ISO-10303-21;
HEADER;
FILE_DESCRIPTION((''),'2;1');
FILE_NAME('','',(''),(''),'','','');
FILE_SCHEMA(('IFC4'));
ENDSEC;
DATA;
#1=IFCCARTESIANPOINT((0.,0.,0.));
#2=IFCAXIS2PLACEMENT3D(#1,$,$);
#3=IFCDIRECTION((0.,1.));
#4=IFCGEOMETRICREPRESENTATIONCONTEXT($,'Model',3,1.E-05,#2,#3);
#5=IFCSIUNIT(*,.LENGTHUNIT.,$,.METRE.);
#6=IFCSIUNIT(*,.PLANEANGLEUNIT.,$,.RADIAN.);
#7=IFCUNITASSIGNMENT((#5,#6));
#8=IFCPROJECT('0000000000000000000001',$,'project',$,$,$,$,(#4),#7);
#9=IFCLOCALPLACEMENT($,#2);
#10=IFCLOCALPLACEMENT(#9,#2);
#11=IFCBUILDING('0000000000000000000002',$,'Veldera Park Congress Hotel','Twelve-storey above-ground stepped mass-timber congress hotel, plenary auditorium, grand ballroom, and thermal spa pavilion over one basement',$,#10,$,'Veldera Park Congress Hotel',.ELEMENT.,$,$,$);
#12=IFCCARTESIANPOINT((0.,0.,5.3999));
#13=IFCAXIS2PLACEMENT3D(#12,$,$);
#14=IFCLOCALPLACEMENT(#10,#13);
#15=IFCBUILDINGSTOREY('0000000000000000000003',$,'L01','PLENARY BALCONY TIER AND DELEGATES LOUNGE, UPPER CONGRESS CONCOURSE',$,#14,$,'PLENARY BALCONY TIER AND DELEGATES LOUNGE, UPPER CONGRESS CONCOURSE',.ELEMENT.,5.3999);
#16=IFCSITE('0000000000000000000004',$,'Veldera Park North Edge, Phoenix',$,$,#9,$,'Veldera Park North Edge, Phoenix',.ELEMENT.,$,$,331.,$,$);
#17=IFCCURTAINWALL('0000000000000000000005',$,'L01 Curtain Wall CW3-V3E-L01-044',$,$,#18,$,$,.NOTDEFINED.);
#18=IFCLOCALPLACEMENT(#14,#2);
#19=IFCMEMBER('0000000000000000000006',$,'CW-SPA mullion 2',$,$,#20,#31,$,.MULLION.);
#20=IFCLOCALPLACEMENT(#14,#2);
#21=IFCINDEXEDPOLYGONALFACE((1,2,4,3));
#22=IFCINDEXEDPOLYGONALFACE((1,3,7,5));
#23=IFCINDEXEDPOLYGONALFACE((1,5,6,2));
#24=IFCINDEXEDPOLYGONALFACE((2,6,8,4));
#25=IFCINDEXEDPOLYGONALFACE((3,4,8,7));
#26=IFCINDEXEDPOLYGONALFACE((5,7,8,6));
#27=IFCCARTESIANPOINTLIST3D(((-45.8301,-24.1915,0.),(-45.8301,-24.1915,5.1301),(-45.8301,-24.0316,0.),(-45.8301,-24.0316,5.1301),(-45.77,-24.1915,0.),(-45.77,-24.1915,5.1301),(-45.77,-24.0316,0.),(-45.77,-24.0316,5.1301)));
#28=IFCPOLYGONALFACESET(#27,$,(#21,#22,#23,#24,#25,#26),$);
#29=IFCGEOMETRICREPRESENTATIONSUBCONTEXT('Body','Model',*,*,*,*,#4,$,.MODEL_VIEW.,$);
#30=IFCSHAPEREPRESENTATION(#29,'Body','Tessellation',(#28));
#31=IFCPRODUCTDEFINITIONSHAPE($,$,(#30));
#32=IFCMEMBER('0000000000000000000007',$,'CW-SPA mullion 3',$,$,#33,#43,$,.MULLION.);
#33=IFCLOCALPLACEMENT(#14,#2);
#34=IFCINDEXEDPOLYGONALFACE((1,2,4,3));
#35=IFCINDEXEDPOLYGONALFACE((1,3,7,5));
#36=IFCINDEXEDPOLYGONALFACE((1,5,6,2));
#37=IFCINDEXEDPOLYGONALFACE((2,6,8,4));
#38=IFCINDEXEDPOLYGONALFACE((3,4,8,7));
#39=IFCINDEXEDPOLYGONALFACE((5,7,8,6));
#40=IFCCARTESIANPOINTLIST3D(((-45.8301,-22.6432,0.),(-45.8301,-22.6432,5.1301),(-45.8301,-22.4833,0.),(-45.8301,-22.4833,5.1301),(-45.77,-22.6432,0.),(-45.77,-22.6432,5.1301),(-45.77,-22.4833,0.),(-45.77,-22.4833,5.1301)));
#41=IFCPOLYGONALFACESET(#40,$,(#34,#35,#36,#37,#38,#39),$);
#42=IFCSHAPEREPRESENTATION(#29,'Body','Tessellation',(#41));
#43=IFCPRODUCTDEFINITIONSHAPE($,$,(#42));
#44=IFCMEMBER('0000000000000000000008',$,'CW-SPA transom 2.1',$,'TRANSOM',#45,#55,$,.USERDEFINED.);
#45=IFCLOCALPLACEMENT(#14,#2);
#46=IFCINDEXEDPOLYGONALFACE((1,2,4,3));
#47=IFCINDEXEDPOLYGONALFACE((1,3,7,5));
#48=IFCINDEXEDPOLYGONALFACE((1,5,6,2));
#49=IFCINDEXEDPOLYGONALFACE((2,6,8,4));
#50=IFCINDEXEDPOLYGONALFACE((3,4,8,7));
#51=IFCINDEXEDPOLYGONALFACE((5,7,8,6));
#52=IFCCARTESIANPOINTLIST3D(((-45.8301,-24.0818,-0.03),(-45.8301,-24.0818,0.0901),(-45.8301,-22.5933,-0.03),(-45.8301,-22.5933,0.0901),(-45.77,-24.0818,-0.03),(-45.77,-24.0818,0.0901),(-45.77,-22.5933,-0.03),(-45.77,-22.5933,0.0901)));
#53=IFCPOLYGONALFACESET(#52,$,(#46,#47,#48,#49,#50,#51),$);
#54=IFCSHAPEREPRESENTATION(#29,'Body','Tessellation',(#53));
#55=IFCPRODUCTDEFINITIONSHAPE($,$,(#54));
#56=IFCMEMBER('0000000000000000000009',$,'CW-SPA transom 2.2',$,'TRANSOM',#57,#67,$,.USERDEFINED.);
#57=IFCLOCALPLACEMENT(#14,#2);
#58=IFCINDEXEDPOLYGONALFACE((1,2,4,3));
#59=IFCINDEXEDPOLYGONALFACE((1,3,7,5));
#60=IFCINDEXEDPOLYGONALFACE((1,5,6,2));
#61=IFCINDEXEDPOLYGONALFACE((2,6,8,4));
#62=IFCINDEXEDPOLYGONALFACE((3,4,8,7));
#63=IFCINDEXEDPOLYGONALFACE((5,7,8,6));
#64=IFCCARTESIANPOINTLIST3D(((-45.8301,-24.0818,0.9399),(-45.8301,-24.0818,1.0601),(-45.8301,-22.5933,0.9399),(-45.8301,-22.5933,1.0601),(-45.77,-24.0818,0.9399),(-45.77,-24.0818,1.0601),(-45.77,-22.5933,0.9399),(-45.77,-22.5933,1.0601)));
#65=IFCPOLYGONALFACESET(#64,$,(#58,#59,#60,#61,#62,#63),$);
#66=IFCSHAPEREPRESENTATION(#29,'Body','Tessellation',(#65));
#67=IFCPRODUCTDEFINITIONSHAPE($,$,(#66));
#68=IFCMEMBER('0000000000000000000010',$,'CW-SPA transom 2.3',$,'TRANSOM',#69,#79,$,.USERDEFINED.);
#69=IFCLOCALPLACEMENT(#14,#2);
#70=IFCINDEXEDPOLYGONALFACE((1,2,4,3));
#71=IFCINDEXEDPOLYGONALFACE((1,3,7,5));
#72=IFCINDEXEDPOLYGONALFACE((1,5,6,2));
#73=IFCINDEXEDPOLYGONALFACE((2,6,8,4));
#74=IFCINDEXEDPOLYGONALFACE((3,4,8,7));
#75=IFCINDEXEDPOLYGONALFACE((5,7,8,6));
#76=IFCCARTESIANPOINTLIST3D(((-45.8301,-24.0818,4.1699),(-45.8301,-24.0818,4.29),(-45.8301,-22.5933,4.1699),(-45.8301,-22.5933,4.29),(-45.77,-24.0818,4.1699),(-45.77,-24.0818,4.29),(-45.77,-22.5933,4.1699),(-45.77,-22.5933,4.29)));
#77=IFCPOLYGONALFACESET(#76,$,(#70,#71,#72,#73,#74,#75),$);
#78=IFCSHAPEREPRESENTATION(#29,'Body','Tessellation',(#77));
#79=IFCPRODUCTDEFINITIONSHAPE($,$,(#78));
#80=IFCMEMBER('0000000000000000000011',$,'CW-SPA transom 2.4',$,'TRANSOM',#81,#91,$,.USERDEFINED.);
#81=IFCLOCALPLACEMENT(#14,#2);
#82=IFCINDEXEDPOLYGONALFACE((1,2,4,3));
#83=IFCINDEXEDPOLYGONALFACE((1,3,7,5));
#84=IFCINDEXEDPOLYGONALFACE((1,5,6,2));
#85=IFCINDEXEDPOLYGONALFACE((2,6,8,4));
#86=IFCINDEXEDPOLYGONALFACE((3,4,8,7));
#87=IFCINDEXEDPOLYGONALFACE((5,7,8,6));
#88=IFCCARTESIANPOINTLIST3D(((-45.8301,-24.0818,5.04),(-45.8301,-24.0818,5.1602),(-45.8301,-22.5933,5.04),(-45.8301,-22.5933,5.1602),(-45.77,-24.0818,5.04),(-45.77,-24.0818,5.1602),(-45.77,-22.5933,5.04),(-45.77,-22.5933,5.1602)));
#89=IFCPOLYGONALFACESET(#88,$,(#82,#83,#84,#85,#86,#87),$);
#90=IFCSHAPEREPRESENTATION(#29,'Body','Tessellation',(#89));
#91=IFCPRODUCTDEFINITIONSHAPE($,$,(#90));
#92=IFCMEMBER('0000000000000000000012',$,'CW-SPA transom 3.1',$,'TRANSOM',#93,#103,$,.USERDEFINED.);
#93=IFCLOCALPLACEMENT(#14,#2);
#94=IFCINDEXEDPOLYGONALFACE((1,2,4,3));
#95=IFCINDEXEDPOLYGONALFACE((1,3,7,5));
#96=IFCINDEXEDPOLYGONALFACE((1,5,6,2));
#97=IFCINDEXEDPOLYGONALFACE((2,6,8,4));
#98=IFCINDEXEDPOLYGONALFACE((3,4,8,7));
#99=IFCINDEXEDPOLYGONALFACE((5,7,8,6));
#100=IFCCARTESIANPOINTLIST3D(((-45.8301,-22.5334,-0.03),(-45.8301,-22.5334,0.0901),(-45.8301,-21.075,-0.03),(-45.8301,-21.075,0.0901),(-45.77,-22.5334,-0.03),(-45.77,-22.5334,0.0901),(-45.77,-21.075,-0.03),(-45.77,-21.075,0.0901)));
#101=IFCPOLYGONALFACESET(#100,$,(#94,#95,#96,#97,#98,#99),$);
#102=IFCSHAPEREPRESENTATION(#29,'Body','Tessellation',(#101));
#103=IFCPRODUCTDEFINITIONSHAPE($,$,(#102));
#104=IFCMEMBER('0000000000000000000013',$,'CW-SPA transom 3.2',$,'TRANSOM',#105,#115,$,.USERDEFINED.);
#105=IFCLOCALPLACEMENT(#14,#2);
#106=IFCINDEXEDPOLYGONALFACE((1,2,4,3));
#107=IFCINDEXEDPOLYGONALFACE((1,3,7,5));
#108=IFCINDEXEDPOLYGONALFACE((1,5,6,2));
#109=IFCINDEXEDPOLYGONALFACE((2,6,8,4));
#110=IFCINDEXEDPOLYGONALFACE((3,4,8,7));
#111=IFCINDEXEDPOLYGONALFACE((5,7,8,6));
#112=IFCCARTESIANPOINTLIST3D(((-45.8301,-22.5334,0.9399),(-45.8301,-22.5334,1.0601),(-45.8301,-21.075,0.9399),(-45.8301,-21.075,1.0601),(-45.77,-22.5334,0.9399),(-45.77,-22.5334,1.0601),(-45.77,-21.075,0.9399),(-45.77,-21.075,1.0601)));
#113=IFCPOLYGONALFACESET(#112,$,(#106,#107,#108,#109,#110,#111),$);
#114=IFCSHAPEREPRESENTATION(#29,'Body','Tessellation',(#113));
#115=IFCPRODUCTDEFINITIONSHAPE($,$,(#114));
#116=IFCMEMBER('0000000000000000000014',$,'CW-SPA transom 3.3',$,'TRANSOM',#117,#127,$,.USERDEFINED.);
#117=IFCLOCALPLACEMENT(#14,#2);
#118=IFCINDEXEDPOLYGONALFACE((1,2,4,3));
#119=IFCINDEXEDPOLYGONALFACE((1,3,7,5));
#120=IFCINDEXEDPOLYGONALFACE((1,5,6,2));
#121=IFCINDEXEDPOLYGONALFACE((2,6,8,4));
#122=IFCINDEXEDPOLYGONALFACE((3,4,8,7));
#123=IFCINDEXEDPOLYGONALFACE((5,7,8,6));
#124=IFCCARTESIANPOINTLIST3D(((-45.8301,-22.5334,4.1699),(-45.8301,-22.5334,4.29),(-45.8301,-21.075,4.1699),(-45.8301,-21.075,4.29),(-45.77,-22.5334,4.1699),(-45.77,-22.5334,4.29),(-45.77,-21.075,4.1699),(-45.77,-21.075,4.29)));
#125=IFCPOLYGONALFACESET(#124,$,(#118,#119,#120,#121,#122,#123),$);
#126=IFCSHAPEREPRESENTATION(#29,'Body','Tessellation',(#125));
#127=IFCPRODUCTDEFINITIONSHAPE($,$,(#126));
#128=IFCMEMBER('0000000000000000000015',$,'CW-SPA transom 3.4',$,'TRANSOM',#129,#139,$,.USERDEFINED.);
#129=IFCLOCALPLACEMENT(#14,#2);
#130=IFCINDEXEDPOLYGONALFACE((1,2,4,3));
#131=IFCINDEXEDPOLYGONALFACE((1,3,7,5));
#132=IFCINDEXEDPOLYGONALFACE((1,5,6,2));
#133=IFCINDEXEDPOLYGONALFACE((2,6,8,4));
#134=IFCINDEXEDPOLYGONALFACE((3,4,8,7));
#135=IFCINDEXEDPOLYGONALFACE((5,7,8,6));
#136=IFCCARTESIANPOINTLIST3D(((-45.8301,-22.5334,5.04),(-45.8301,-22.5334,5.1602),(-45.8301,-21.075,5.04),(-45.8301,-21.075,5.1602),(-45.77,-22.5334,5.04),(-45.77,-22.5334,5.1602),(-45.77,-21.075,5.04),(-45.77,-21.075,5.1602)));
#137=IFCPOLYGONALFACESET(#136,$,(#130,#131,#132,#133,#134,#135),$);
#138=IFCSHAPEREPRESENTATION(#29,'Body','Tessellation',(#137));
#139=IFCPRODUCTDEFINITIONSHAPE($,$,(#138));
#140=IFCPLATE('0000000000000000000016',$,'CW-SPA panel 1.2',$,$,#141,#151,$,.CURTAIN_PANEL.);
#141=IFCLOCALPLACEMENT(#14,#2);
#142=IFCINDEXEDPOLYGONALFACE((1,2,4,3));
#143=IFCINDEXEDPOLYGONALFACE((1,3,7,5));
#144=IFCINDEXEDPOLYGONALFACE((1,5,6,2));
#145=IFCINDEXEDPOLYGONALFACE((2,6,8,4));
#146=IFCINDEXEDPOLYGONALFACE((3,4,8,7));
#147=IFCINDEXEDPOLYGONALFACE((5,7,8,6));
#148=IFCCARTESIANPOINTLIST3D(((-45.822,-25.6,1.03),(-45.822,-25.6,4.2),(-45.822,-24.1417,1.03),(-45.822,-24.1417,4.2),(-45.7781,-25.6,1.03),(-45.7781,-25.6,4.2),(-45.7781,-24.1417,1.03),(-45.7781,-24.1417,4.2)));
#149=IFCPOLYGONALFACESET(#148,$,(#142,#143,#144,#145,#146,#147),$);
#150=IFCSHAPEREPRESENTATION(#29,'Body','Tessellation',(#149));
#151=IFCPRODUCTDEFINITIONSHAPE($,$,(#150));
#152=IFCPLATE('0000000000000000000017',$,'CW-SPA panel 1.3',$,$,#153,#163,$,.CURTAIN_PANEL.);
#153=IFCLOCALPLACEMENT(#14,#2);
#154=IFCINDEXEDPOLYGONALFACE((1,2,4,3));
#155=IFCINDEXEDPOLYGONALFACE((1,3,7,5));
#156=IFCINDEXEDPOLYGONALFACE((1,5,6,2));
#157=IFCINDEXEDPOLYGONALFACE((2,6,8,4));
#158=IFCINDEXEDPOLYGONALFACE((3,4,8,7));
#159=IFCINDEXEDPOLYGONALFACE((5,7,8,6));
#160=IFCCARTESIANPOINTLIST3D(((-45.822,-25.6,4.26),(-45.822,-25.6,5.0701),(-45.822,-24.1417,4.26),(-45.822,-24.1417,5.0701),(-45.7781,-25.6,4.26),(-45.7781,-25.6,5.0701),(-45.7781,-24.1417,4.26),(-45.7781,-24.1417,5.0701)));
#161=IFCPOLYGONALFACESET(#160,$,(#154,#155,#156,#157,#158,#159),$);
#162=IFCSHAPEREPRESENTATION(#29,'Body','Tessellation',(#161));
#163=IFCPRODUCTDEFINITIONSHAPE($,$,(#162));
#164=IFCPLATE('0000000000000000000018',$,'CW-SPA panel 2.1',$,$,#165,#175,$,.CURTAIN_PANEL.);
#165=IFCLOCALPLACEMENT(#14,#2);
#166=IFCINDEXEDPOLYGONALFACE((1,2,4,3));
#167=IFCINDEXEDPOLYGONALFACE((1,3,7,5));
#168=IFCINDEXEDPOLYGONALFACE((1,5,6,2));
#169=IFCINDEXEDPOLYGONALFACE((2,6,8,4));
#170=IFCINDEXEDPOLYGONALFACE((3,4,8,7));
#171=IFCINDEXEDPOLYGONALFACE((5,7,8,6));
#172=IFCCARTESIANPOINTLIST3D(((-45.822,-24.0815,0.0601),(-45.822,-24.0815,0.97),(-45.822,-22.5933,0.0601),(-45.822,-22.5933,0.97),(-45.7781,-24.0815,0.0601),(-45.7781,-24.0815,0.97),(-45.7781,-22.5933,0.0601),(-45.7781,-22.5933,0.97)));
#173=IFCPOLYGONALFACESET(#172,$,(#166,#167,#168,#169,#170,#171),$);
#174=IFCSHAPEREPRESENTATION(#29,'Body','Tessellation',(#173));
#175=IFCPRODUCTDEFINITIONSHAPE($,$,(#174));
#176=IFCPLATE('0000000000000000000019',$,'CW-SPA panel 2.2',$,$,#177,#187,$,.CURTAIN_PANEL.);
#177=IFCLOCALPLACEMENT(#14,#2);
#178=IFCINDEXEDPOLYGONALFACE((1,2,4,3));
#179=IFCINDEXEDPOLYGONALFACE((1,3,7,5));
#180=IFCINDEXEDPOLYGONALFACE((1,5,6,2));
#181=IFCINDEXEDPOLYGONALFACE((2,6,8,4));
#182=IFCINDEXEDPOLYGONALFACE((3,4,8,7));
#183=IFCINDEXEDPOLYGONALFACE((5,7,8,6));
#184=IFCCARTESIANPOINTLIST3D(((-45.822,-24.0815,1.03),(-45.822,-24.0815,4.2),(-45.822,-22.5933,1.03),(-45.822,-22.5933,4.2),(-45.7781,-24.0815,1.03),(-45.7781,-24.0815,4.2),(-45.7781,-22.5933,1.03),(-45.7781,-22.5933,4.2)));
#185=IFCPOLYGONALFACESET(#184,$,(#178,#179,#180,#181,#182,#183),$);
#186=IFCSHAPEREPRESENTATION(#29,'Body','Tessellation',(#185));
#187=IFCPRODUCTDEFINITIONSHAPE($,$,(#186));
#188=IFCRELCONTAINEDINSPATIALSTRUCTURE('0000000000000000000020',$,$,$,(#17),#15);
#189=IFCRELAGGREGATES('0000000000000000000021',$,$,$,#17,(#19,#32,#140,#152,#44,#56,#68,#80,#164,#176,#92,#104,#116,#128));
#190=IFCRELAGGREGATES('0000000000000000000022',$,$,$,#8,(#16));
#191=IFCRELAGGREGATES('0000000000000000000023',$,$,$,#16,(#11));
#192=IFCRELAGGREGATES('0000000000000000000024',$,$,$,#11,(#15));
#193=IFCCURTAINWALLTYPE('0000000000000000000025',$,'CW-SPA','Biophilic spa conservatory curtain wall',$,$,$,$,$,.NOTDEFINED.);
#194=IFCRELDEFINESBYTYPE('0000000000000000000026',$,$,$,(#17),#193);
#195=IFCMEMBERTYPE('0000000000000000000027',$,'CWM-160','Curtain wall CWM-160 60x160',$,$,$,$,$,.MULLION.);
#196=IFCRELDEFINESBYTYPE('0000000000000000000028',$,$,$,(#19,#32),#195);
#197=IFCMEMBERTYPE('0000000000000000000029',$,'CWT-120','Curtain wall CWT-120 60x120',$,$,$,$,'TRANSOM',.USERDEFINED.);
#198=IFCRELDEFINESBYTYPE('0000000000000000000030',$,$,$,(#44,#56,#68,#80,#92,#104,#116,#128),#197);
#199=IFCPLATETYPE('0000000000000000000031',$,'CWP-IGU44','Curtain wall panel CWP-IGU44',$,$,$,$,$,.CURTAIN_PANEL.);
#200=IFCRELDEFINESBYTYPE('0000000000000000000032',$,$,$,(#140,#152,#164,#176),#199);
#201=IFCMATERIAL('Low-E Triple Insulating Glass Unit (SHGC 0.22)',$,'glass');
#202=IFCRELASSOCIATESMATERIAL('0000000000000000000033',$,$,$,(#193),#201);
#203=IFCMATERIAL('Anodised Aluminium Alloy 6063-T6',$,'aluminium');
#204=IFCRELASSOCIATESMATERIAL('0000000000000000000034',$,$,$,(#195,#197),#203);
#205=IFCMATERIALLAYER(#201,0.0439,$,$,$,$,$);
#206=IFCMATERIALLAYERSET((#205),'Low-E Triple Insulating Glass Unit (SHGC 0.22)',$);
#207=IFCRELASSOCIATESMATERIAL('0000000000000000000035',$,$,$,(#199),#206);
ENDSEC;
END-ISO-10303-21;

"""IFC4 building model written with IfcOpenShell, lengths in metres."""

from ifc_helpers import new_model, si_unit, direction, frame, origin, origin_2d, place, context, subcontext, project, spatial, rectangle, extrude, material, layer, layer_set, material_profile, profile_set, type_object, element, aggregate, save


model = new_model("IFC4")

# Units and contexts
model_context = context("Model", 3, precision=1e-05, world=origin(), true_north=direction((0.0, 1.0)))
body_context = subcontext(model_context, "Body", "Model", "MODEL_VIEW")
ifc_project = project(units=[si_unit("LENGTHUNIT", "METRE"), si_unit("PLANEANGLEUNIT", "RADIAN")], contexts=[model_context])

# Site, building, storey
site_placement = place(None, origin())
site = spatial("IfcSite", under=ifc_project, at=site_placement, Name="Veldera Park North Edge, Phoenix", LongName="Veldera Park North Edge, Phoenix", CompositionType="ELEMENT", RefElevation=331.0)
building_placement = place(site_placement, origin())
building = spatial("IfcBuilding", under=site, at=building_placement, Name="Veldera Park Congress Hotel", Description="Twelve-storey above-ground stepped mass-timber congress hotel, plenary auditorium, grand ballroom, and thermal spa pavilion over one basement", LongName="Veldera Park Congress Hotel", CompositionType="ELEMENT")
storey_placement = place(building_placement, frame((0.0, 0.0, 5.3999)))
storey = spatial("IfcBuildingStorey", under=building, at=storey_placement, Name="L01", Description="PLENARY BALCONY TIER AND DELEGATES LOUNGE, UPPER CONGRESS CONCOURSE", LongName="PLENARY BALCONY TIER AND DELEGATES LOUNGE, UPPER CONGRESS CONCOURSE", CompositionType="ELEMENT", Elevation=5.3999)

# Curtain wall, members, plates
ifc_material_1 = material(Name="Low-E Triple Insulating Glass Unit (SHGC 0.22)", Category="glass")
curtain_wall_type = type_object("IfcCurtainWallType", Name="CW-SPA", Description="Biophilic spa conservatory curtain wall", PredefinedType="NOTDEFINED", material=ifc_material_1)
curtain_wall_placement = place(storey_placement, origin())
curtain_wall = element("IfcCurtainWall", 1, at=curtain_wall_placement, inside=storey, type_object=curtain_wall_type, Name="L01 Curtain Wall CW3-V3E-L01-044", PredefinedType="NOTDEFINED")
ifc_material_2 = material(Name="Anodised Aluminium Alloy 6063-T6", Category="aluminium")
ifc_material_profile_1 = material_profile(ifc_material_2, rectangle(XDim=0.0601, YDim=0.1599, at=origin_2d()), Name="ALU 60x160")
ifc_profile_set_1 = profile_set([ifc_material_profile_1], Name="Anodised Aluminium Alloy 6063-T6")
member_type_1 = type_object("IfcMemberType", Name="CWM-160", Description="Curtain wall CWM-160 60x160", PredefinedType="MULLION", material=ifc_profile_set_1)
member_1_placement = place(storey_placement, frame((-45.8, -24.1116, 0.0), z_axis=(0.0, 0.0, 1.0), x_axis=(-1.0, 0.0, 0.0)))
member_1 = element("IfcMember", 2, at=member_1_placement, type_object=member_type_1, Name="CW-SPA mullion 2", PredefinedType="MULLION", context=body_context, shape_type="SweptSolid", body=[
    extrude(rectangle(XDim=0.0601, YDim=0.1599, at=origin_2d()), origin(), (0.0, 0.0, 1.0), 5.1301),
])
member_2_placement = place(storey_placement, frame((-45.8, -22.5632, 0.0), z_axis=(0.0, 0.0, 1.0), x_axis=(-1.0, 0.0, 0.0)))
member_2 = element("IfcMember", 3, at=member_2_placement, type_object=member_type_1, Name="CW-SPA mullion 3", PredefinedType="MULLION", context=body_context, shape_type="SweptSolid", body=[
    extrude(rectangle(XDim=0.0601, YDim=0.1599, at=origin_2d()), origin(), (0.0, 0.0, 1.0), 5.1301),
])
ifc_material_profile_2 = material_profile(ifc_material_2, rectangle(XDim=0.0601, YDim=0.1201, at=origin_2d()), Name="ALU 60x120")
ifc_profile_set_2 = profile_set([ifc_material_profile_2], Name="Anodised Aluminium Alloy 6063-T6")
member_type_2 = type_object("IfcMemberType", Name="CWT-120", Description="Curtain wall CWT-120 60x120", ElementType="TRANSOM", PredefinedType="USERDEFINED", material=ifc_profile_set_2)
member_3_placement = place(storey_placement, frame((-45.8, -24.0818, 0.03), z_axis=(0.0, 1.0, 0.0), x_axis=(-1.0, 0.0, 0.0)))
member_3 = element("IfcMember", 4, at=member_3_placement, type_object=member_type_2, Name="CW-SPA transom 2.1", ObjectType="TRANSOM", PredefinedType="USERDEFINED", context=body_context, shape_type="SweptSolid", body=[
    extrude(rectangle(XDim=0.0601, YDim=0.1201, at=origin_2d()), origin(), (0.0, 0.0, 1.0), 1.4885),
])
member_4_placement = place(storey_placement, frame((-45.8, -24.0818, 1.0), z_axis=(0.0, 1.0, 0.0), x_axis=(-1.0, 0.0, 0.0)))
member_4 = element("IfcMember", 5, at=member_4_placement, type_object=member_type_2, Name="CW-SPA transom 2.2", ObjectType="TRANSOM", PredefinedType="USERDEFINED", context=body_context, shape_type="SweptSolid", body=[
    extrude(rectangle(XDim=0.0601, YDim=0.1201, at=origin_2d()), origin(), (0.0, 0.0, 1.0), 1.4885),
])
member_5_placement = place(storey_placement, frame((-45.8, -24.0818, 4.23), z_axis=(0.0, 1.0, 0.0), x_axis=(-1.0, 0.0, 0.0)))
member_5 = element("IfcMember", 6, at=member_5_placement, type_object=member_type_2, Name="CW-SPA transom 2.3", ObjectType="TRANSOM", PredefinedType="USERDEFINED", context=body_context, shape_type="SweptSolid", body=[
    extrude(rectangle(XDim=0.0601, YDim=0.1201, at=origin_2d()), origin(), (0.0, 0.0, 1.0), 1.4885),
])
member_6_placement = place(storey_placement, frame((-45.8, -24.0818, 5.1001), z_axis=(0.0, 1.0, 0.0), x_axis=(-1.0, 0.0, 0.0)))
member_6 = element("IfcMember", 7, at=member_6_placement, type_object=member_type_2, Name="CW-SPA transom 2.4", ObjectType="TRANSOM", PredefinedType="USERDEFINED", context=body_context, shape_type="SweptSolid", body=[
    extrude(rectangle(XDim=0.0601, YDim=0.1201, at=origin_2d()), origin(), (0.0, 0.0, 1.0), 1.4885),
])
member_7_placement = place(storey_placement, frame((-45.8, -22.5334, 0.03), z_axis=(0.0, 1.0, 0.0), x_axis=(-1.0, 0.0, 0.0)))
member_7 = element("IfcMember", 8, at=member_7_placement, type_object=member_type_2, Name="CW-SPA transom 3.1", ObjectType="TRANSOM", PredefinedType="USERDEFINED", context=body_context, shape_type="SweptSolid", body=[
    extrude(rectangle(XDim=0.0601, YDim=0.1201, at=origin_2d()), origin(), (0.0, 0.0, 1.0), 1.4585),
])
member_8_placement = place(storey_placement, frame((-45.8, -22.5334, 1.0), z_axis=(0.0, 1.0, 0.0), x_axis=(-1.0, 0.0, 0.0)))
member_8 = element("IfcMember", 9, at=member_8_placement, type_object=member_type_2, Name="CW-SPA transom 3.2", ObjectType="TRANSOM", PredefinedType="USERDEFINED", context=body_context, shape_type="SweptSolid", body=[
    extrude(rectangle(XDim=0.0601, YDim=0.1201, at=origin_2d()), origin(), (0.0, 0.0, 1.0), 1.4585),
])
member_9_placement = place(storey_placement, frame((-45.8, -22.5334, 4.23), z_axis=(0.0, 1.0, 0.0), x_axis=(-1.0, 0.0, 0.0)))
member_9 = element("IfcMember", 10, at=member_9_placement, type_object=member_type_2, Name="CW-SPA transom 3.3", ObjectType="TRANSOM", PredefinedType="USERDEFINED", context=body_context, shape_type="SweptSolid", body=[
    extrude(rectangle(XDim=0.0601, YDim=0.1201, at=origin_2d()), origin(), (0.0, 0.0, 1.0), 1.4585),
])
member_10_placement = place(storey_placement, frame((-45.8, -22.5334, 5.1001), z_axis=(0.0, 1.0, 0.0), x_axis=(-1.0, 0.0, 0.0)))
member_10 = element("IfcMember", 11, at=member_10_placement, type_object=member_type_2, Name="CW-SPA transom 3.4", ObjectType="TRANSOM", PredefinedType="USERDEFINED", context=body_context, shape_type="SweptSolid", body=[
    extrude(rectangle(XDim=0.0601, YDim=0.1201, at=origin_2d()), origin(), (0.0, 0.0, 1.0), 1.4585),
])
ifc_layer = layer(ifc_material_1, 0.0439)
ifc_layer_set = layer_set([ifc_layer], Name="Low-E Triple Insulating Glass Unit (SHGC 0.22)")
plate_type = type_object("IfcPlateType", Name="CWP-IGU44", Description="Curtain wall panel CWP-IGU44", PredefinedType="CURTAIN_PANEL", material=ifc_layer_set)
plate_1_placement = place(storey_placement, frame((-45.8, -24.8708, 1.03), z_axis=(0.0, 0.0, 1.0), x_axis=(0.0, 1.0, 0.0)))
plate_1 = element("IfcPlate", 12, at=plate_1_placement, type_object=plate_type, Name="CW-SPA panel 1.2", PredefinedType="CURTAIN_PANEL", context=body_context, shape_type="SweptSolid", body=[
    extrude(rectangle(XDim=1.4583, YDim=0.0439, at=origin_2d()), origin(), (0.0, 0.0, 1.0), 3.1699),
])
plate_2_placement = place(storey_placement, frame((-45.8, -24.8708, 4.26), z_axis=(0.0, 0.0, 1.0), x_axis=(0.0, 1.0, 0.0)))
plate_2 = element("IfcPlate", 13, at=plate_2_placement, type_object=plate_type, Name="CW-SPA panel 1.3", PredefinedType="CURTAIN_PANEL", context=body_context, shape_type="SweptSolid", body=[
    extrude(rectangle(XDim=1.4583, YDim=0.0439, at=origin_2d()), origin(), (0.0, 0.0, 1.0), 0.8101),
])
plate_3_placement = place(storey_placement, frame((-45.8, -23.3374, 0.0601), z_axis=(0.0, 0.0, 1.0), x_axis=(0.0, 1.0, 0.0)))
plate_3 = element("IfcPlate", 14, at=plate_3_placement, type_object=plate_type, Name="CW-SPA panel 2.1", PredefinedType="CURTAIN_PANEL", context=body_context, shape_type="SweptSolid", body=[
    extrude(rectangle(XDim=1.4883, YDim=0.0439, at=origin_2d()), origin(), (0.0, 0.0, 1.0), 0.9099),
])
plate_4_placement = place(storey_placement, frame((-45.8, -23.3374, 1.03), z_axis=(0.0, 0.0, 1.0), x_axis=(0.0, 1.0, 0.0)))
plate_4 = element("IfcPlate", 15, at=plate_4_placement, type_object=plate_type, Name="CW-SPA panel 2.2", PredefinedType="CURTAIN_PANEL", context=body_context, shape_type="SweptSolid", body=[
    extrude(rectangle(XDim=1.4883, YDim=0.0439, at=origin_2d()), origin(), (0.0, 0.0, 1.0), 3.1699),
])
aggregate(curtain_wall, [member_1, member_2, plate_1, plate_2, member_3, member_4, member_5, member_6, plate_3, plate_4, member_7, member_8, member_9, member_10])

save(model, "model.ifc")
